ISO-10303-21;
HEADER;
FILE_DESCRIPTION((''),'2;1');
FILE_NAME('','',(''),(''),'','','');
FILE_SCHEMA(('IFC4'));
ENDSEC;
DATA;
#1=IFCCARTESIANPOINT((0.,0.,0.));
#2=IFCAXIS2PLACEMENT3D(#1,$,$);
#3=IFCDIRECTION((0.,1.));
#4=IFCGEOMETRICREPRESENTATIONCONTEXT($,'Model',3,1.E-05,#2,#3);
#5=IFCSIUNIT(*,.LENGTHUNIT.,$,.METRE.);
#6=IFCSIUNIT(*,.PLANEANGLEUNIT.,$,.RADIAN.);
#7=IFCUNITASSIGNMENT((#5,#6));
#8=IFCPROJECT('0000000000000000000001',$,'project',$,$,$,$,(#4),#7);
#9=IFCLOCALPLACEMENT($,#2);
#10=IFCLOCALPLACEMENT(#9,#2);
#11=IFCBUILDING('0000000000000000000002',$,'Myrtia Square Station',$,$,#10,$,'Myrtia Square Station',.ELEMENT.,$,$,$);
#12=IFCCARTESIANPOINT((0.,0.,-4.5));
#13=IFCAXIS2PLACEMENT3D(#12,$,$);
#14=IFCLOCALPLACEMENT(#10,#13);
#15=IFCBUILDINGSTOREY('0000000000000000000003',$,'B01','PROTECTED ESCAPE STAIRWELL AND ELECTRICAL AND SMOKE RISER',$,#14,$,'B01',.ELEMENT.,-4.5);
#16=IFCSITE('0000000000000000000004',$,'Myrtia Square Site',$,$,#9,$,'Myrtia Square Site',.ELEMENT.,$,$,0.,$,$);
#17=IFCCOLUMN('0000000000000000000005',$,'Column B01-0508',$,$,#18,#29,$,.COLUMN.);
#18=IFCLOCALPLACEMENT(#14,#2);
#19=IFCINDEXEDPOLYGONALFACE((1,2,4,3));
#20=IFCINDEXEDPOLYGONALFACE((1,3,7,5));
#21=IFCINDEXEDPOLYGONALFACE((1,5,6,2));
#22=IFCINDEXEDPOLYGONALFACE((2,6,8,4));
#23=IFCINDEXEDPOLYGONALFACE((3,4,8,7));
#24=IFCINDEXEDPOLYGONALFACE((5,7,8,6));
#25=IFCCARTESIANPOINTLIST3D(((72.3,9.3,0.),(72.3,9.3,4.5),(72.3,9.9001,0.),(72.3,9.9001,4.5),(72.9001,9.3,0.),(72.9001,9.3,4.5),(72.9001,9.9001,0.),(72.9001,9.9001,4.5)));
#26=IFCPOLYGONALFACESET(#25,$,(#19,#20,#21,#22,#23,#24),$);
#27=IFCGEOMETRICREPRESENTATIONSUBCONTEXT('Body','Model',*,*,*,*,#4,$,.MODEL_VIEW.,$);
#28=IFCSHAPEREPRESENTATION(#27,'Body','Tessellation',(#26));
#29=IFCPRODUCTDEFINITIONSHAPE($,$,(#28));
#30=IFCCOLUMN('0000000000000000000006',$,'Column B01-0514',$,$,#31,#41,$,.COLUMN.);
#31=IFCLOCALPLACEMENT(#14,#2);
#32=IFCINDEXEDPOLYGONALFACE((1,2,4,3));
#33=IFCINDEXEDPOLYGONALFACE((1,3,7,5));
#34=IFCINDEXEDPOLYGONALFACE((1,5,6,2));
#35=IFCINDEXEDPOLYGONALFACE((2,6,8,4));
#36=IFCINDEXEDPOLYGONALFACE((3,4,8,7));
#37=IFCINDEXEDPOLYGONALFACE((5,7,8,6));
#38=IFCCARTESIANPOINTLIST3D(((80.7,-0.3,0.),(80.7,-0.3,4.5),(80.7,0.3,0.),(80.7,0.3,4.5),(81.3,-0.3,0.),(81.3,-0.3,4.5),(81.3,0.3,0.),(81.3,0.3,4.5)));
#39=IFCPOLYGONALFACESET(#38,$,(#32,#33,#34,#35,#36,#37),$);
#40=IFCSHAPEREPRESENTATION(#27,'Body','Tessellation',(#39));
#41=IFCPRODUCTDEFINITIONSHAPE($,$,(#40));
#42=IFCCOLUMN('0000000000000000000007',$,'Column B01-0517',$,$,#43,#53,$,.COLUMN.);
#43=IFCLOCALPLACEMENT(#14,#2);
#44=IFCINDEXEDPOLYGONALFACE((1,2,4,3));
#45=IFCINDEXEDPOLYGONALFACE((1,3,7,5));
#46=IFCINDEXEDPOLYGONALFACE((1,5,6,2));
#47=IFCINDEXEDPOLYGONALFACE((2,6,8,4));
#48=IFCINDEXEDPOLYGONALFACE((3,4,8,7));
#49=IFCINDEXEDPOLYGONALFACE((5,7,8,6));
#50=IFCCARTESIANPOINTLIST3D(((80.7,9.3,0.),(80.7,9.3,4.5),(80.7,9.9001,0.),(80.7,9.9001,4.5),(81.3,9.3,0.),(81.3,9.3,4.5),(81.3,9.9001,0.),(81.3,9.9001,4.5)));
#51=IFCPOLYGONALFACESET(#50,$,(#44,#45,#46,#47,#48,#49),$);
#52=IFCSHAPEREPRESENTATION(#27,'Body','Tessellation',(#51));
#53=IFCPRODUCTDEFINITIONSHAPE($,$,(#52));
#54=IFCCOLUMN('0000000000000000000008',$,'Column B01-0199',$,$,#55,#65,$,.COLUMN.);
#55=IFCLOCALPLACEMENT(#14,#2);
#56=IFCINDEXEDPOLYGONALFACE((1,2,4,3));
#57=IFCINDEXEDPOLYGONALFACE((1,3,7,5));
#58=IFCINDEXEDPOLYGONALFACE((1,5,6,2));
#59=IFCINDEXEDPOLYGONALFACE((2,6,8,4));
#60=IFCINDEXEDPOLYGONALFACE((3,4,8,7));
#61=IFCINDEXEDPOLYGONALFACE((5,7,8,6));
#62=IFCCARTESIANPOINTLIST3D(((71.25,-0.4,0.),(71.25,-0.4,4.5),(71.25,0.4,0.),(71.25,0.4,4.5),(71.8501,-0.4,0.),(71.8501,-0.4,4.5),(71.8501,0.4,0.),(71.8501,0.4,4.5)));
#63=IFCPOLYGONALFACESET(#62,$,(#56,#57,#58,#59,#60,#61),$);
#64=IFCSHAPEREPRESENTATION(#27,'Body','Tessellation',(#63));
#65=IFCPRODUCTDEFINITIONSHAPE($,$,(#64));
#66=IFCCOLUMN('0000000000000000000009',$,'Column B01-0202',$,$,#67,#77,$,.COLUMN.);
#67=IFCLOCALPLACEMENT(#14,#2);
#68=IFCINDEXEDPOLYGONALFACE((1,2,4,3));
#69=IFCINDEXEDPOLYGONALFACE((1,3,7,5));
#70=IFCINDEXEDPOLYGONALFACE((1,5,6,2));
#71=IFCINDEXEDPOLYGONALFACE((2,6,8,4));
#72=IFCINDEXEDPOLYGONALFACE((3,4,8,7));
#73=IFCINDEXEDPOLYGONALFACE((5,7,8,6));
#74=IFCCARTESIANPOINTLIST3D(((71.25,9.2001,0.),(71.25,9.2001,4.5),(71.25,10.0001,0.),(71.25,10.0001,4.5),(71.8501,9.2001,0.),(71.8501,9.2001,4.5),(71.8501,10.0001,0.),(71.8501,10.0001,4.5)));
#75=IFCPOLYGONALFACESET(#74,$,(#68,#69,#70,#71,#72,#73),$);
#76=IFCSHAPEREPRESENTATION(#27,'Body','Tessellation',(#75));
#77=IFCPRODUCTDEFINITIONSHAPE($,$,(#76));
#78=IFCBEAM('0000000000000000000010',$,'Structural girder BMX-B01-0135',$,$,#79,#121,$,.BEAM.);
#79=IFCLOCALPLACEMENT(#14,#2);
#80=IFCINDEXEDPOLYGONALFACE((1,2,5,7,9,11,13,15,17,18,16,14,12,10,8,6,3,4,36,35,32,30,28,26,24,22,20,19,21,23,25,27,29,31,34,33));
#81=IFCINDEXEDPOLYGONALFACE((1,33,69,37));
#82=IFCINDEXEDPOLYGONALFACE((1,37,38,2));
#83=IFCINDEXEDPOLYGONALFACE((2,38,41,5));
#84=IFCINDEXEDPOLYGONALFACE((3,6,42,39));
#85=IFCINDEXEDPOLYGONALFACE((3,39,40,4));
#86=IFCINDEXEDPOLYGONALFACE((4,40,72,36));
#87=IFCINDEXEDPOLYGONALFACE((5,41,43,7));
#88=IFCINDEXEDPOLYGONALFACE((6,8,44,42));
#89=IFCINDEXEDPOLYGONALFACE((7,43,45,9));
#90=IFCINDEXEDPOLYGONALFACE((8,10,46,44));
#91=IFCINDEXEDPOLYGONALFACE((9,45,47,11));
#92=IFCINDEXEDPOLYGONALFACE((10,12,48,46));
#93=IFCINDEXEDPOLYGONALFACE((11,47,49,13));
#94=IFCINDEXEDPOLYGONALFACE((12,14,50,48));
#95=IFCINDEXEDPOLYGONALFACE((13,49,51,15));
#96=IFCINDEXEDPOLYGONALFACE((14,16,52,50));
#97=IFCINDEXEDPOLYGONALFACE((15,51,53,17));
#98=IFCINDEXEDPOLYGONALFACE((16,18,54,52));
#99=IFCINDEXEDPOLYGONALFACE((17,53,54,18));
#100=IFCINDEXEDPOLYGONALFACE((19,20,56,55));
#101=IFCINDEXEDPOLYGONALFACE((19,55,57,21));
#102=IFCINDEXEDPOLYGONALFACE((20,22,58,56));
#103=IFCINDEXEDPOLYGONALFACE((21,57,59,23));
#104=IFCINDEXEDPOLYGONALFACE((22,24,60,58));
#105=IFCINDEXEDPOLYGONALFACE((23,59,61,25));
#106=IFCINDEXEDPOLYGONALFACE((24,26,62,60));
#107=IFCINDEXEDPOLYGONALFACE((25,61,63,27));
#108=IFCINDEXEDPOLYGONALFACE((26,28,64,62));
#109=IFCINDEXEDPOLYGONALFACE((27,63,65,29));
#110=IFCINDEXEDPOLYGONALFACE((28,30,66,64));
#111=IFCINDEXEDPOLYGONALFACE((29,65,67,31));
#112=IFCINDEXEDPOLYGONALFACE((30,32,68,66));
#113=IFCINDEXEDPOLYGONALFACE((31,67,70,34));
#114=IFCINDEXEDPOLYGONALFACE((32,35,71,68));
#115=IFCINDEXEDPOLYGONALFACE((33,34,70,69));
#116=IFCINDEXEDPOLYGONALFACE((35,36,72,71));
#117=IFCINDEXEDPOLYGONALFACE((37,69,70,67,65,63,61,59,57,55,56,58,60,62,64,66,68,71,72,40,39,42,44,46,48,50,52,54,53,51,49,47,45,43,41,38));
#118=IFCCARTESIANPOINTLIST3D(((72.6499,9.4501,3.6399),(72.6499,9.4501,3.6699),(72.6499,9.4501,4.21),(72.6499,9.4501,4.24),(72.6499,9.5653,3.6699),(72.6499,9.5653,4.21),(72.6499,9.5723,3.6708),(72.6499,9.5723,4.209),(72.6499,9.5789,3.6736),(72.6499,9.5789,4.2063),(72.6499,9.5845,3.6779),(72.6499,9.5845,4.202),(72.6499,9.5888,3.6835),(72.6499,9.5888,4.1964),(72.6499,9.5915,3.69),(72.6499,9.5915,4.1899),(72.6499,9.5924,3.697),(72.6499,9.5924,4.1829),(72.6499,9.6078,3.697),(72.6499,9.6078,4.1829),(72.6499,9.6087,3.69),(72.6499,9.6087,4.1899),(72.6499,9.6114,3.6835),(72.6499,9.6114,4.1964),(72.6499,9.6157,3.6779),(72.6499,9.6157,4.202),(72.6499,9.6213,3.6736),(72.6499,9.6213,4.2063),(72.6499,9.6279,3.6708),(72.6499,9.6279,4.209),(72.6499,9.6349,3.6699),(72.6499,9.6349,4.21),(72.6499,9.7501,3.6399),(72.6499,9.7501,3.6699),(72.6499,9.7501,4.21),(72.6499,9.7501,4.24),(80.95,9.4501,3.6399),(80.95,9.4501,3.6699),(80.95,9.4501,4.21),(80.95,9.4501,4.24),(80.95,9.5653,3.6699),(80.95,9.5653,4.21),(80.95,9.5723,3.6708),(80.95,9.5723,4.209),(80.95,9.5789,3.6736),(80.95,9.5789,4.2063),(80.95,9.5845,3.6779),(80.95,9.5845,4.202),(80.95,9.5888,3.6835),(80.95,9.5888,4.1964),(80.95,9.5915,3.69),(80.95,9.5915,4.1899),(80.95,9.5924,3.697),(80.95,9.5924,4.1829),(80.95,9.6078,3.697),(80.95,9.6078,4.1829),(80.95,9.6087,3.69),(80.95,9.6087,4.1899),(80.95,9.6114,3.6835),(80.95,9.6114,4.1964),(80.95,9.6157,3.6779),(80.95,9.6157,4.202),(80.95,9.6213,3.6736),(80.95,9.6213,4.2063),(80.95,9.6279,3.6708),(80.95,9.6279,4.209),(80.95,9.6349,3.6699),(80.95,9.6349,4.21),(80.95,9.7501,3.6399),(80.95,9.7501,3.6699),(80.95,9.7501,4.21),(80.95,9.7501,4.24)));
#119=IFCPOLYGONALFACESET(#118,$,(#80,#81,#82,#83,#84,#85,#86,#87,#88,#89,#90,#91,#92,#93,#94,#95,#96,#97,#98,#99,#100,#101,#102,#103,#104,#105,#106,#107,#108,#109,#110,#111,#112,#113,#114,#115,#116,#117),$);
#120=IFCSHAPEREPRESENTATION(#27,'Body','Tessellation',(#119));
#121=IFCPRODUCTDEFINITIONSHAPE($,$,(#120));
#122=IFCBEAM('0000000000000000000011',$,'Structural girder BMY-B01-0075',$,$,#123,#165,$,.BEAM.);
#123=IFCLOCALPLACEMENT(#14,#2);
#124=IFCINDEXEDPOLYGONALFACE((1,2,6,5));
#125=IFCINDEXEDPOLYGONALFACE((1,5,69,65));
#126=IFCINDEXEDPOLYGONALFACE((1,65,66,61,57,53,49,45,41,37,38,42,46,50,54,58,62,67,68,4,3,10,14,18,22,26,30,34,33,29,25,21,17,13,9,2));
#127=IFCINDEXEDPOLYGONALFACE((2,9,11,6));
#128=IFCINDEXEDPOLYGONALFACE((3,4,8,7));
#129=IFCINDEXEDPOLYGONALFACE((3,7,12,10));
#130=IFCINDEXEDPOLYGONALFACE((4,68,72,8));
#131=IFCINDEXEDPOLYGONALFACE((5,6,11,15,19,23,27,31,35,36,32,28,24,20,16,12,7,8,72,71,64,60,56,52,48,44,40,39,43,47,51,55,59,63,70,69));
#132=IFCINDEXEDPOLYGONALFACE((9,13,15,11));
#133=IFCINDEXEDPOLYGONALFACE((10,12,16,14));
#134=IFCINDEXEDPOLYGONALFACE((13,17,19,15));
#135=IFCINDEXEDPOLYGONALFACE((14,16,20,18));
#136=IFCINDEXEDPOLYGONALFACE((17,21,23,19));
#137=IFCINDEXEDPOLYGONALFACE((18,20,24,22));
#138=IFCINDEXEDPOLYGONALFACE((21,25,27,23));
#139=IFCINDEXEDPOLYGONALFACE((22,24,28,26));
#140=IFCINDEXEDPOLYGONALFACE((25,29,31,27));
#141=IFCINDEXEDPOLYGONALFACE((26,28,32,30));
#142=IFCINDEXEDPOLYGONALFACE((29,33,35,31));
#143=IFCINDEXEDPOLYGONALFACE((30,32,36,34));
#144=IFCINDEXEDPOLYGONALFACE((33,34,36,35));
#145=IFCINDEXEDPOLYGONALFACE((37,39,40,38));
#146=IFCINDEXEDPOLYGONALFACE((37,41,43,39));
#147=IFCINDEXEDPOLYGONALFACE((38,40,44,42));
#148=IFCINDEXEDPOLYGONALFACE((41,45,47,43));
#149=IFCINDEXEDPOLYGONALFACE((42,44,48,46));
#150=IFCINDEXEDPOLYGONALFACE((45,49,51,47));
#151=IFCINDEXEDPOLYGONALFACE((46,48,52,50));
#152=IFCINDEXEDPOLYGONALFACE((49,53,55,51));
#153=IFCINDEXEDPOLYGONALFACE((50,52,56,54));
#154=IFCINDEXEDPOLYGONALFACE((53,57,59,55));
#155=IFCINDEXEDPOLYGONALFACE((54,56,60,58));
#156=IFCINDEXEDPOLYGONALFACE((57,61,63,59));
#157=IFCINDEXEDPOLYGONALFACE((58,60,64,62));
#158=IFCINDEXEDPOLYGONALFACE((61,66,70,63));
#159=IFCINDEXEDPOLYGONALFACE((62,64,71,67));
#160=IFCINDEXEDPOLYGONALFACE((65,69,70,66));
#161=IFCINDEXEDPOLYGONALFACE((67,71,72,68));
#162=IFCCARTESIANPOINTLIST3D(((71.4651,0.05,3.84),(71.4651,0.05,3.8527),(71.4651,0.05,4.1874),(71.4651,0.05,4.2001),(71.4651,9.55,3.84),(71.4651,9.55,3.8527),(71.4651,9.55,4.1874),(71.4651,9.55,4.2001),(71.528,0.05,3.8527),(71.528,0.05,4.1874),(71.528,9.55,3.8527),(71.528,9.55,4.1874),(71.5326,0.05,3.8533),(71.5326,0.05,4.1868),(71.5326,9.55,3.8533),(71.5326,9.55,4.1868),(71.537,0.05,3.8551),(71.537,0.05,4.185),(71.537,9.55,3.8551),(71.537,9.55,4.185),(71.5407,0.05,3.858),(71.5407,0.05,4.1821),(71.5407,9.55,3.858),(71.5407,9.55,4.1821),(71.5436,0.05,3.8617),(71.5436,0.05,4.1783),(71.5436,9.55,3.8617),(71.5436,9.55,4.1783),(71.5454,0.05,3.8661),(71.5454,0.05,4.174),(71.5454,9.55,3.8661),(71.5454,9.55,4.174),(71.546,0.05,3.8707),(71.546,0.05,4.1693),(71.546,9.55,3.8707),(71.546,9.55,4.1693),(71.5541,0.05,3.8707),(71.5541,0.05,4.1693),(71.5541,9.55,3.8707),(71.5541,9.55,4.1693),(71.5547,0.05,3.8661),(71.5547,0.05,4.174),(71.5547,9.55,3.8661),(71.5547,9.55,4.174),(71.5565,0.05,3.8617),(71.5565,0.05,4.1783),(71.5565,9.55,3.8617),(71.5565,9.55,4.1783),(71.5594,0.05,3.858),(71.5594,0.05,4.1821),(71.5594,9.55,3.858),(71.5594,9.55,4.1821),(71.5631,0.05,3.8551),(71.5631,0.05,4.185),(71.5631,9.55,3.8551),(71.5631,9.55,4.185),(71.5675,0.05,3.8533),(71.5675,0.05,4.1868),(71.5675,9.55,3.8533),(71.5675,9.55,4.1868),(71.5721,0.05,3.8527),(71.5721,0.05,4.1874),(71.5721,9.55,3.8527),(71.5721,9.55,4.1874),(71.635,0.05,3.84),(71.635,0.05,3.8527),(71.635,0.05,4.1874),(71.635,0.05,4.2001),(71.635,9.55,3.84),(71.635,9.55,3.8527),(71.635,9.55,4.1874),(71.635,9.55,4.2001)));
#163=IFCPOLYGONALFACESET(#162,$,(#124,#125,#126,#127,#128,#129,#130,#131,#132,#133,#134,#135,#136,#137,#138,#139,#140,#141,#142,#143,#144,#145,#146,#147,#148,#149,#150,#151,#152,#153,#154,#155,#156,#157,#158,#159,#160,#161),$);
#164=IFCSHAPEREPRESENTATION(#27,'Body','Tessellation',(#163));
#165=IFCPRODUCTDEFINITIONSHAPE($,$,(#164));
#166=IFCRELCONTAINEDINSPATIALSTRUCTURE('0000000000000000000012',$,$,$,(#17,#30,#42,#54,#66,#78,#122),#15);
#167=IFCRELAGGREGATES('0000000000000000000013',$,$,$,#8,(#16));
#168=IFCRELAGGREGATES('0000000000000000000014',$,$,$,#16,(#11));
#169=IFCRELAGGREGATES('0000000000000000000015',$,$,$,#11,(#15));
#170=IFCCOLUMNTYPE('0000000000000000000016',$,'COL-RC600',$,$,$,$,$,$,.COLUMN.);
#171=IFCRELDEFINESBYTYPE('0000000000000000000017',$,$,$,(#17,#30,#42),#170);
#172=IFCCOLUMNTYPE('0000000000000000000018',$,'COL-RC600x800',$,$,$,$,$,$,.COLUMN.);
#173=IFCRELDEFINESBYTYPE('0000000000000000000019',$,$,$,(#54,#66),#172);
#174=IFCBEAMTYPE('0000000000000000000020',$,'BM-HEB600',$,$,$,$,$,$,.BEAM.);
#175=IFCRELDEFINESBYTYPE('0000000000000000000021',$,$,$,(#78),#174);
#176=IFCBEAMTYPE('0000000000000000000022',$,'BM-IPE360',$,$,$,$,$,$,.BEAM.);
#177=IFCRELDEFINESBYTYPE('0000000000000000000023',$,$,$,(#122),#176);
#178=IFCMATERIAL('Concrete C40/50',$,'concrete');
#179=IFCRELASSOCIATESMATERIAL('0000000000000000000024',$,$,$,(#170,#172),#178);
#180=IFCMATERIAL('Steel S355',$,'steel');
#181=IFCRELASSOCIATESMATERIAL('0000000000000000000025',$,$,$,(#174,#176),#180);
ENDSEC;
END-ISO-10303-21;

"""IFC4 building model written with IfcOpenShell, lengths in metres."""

from ifc_helpers import new_model, si_unit, direction, frame, origin, origin_2d, place, context, subcontext, project, spatial, rectangle, i_section, extrude, material, material_profile, profile_set, type_object, element, save


model = new_model("IFC4")

# Units and contexts
model_context = context("Model", 3, precision=1e-05, world=origin(), true_north=direction((0.0, 1.0)))
body_context = subcontext(model_context, "Body", "Model", "MODEL_VIEW")
ifc_project = project(units=[si_unit("LENGTHUNIT", "METRE"), si_unit("PLANEANGLEUNIT", "RADIAN")], contexts=[model_context])

# Site, building, storey
site_placement = place(None, origin())
site = spatial("IfcSite", under=ifc_project, at=site_placement, Name="Myrtia Square Site", LongName="Myrtia Square Site", CompositionType="ELEMENT", RefElevation=0.0)
building_placement = place(site_placement, origin())
building = spatial("IfcBuilding", under=site, at=building_placement, Name="Myrtia Square Station", LongName="Myrtia Square Station", CompositionType="ELEMENT")
storey_placement = place(building_placement, frame((0.0, 0.0, -4.5)))
storey = spatial("IfcBuildingStorey", under=building, at=storey_placement, Name="B01", Description="PROTECTED ESCAPE STAIRWELL AND ELECTRICAL AND SMOKE RISER", LongName="B01", CompositionType="ELEMENT", Elevation=-4.5)

# Columns
ifc_material_1 = material(Name="Concrete C40/50", Category="concrete")
ifc_material_profile_1 = material_profile(ifc_material_1, rectangle(XDim=0.6001, YDim=0.6001, at=origin_2d()), Name="RC 600x600")
ifc_profile_set_1 = profile_set([ifc_material_profile_1], Name="Concrete C40/50")
column_type_1 = type_object("IfcColumnType", Name="COL-RC600", PredefinedType="COLUMN", material=ifc_profile_set_1)
for number, where, z_axis, x_axis, name in (
    (1, (72.6001, 9.6001, 0.0), (0.0, 0.0, 1.0), (1.0, 0.0, 0.0), "Column B01-0508"),
    (2, (81.0, 0.0, 0.0), (0.0, 0.0, 1.0), (1.0, 0.0, 0.0), "Column B01-0514"),
    (3, (81.0, 9.6001, 0.0), (0.0, 0.0, 1.0), (1.0, 0.0, 0.0), "Column B01-0517"),
):
    element("IfcColumn", number, at=place(storey_placement, frame(where, z_axis=z_axis, x_axis=x_axis)), inside=storey, type_object=column_type_1, Name=name, PredefinedType="COLUMN", context=body_context, shape_type="SweptSolid", body=[
        extrude(rectangle(XDim=0.6001, YDim=0.6001, at=origin_2d()), origin(), (0.0, 0.0, 1.0), 4.5),
    ])
ifc_material_profile_2 = material_profile(ifc_material_1, rectangle(XDim=0.6001, YDim=0.8, at=origin_2d()), Name="RC 600x800")
ifc_profile_set_2 = profile_set([ifc_material_profile_2], Name="Concrete C40/50")
column_type_2 = type_object("IfcColumnType", Name="COL-RC600x800", PredefinedType="COLUMN", material=ifc_profile_set_2)
for number, where, z_axis, x_axis, name in (
    (4, (71.55, 0.0, 0.0), (0.0, 0.0, 1.0), (1.0, 0.0, 0.0), "Column B01-0199"),
    (5, (71.55, 9.6001, 0.0), (0.0, 0.0, 1.0), (1.0, 0.0, 0.0), "Column B01-0202"),
):
    element("IfcColumn", number, at=place(storey_placement, frame(where, z_axis=z_axis, x_axis=x_axis)), inside=storey, type_object=column_type_2, Name=name, PredefinedType="COLUMN", context=body_context, shape_type="SweptSolid", body=[
        extrude(rectangle(XDim=0.6001, YDim=0.8, at=origin_2d()), origin(), (0.0, 0.0, 1.0), 4.5),
    ])

# Beams
ifc_material_2 = material(Name="Steel S355", Category="steel")
ifc_material_profile_3 = material_profile(ifc_material_2, i_section(OverallWidth=0.3, OverallDepth=0.6001, WebThickness=0.0154, FlangeThickness=0.03, FilletRadius=0.0271, at=origin_2d()), Name="HEB 600")
ifc_profile_set_3 = profile_set([ifc_material_profile_3], Name="Steel S355")
beam_type_1 = type_object("IfcBeamType", Name="BM-HEB600", PredefinedType="BEAM", material=ifc_profile_set_3)
beam_1_placement = place(storey_placement, frame((72.6499, 9.6001, 3.9399), z_axis=(1.0, 0.0, 0.0), x_axis=(0.0, 1.0, 0.0)))
element("IfcBeam", 6, at=beam_1_placement, inside=storey, type_object=beam_type_1, Name="Structural girder BMX-B01-0135", PredefinedType="BEAM", context=body_context, shape_type="SweptSolid", body=[
    extrude(i_section(OverallWidth=0.3, OverallDepth=0.6001, WebThickness=0.0154, FlangeThickness=0.03, FilletRadius=0.0271, at=origin_2d()), origin(), (0.0, 0.0, 1.0), 8.3),
])
ifc_material_profile_4 = material_profile(ifc_material_2, i_section(OverallWidth=0.1699, OverallDepth=0.3601, WebThickness=0.0081, FlangeThickness=0.0127, FilletRadius=0.0181, at=origin_2d()), Name="IPE 360")
ifc_profile_set_4 = profile_set([ifc_material_profile_4], Name="Steel S355")
beam_type_2 = type_object("IfcBeamType", Name="BM-IPE360", PredefinedType="BEAM", material=ifc_profile_set_4)
for number, where, z_axis, x_axis, name in (
    (7, (71.55, 0.05, 4.02), (0.0, 1.0, 0.0), (-1.0, 0.0, 0.0), "Structural girder BMY-B01-0075"),
):
    element("IfcBeam", number, at=place(storey_placement, frame(where, z_axis=z_axis, x_axis=x_axis)), inside=storey, type_object=beam_type_2, Name=name, PredefinedType="BEAM", context=body_context, shape_type="SweptSolid", body=[
        extrude(i_section(OverallWidth=0.1699, OverallDepth=0.3601, WebThickness=0.0081, FlangeThickness=0.0127, FilletRadius=0.0181, at=origin_2d()), origin(), (0.0, 0.0, 1.0), 9.5),
    ])

save(model, "model.ifc")
